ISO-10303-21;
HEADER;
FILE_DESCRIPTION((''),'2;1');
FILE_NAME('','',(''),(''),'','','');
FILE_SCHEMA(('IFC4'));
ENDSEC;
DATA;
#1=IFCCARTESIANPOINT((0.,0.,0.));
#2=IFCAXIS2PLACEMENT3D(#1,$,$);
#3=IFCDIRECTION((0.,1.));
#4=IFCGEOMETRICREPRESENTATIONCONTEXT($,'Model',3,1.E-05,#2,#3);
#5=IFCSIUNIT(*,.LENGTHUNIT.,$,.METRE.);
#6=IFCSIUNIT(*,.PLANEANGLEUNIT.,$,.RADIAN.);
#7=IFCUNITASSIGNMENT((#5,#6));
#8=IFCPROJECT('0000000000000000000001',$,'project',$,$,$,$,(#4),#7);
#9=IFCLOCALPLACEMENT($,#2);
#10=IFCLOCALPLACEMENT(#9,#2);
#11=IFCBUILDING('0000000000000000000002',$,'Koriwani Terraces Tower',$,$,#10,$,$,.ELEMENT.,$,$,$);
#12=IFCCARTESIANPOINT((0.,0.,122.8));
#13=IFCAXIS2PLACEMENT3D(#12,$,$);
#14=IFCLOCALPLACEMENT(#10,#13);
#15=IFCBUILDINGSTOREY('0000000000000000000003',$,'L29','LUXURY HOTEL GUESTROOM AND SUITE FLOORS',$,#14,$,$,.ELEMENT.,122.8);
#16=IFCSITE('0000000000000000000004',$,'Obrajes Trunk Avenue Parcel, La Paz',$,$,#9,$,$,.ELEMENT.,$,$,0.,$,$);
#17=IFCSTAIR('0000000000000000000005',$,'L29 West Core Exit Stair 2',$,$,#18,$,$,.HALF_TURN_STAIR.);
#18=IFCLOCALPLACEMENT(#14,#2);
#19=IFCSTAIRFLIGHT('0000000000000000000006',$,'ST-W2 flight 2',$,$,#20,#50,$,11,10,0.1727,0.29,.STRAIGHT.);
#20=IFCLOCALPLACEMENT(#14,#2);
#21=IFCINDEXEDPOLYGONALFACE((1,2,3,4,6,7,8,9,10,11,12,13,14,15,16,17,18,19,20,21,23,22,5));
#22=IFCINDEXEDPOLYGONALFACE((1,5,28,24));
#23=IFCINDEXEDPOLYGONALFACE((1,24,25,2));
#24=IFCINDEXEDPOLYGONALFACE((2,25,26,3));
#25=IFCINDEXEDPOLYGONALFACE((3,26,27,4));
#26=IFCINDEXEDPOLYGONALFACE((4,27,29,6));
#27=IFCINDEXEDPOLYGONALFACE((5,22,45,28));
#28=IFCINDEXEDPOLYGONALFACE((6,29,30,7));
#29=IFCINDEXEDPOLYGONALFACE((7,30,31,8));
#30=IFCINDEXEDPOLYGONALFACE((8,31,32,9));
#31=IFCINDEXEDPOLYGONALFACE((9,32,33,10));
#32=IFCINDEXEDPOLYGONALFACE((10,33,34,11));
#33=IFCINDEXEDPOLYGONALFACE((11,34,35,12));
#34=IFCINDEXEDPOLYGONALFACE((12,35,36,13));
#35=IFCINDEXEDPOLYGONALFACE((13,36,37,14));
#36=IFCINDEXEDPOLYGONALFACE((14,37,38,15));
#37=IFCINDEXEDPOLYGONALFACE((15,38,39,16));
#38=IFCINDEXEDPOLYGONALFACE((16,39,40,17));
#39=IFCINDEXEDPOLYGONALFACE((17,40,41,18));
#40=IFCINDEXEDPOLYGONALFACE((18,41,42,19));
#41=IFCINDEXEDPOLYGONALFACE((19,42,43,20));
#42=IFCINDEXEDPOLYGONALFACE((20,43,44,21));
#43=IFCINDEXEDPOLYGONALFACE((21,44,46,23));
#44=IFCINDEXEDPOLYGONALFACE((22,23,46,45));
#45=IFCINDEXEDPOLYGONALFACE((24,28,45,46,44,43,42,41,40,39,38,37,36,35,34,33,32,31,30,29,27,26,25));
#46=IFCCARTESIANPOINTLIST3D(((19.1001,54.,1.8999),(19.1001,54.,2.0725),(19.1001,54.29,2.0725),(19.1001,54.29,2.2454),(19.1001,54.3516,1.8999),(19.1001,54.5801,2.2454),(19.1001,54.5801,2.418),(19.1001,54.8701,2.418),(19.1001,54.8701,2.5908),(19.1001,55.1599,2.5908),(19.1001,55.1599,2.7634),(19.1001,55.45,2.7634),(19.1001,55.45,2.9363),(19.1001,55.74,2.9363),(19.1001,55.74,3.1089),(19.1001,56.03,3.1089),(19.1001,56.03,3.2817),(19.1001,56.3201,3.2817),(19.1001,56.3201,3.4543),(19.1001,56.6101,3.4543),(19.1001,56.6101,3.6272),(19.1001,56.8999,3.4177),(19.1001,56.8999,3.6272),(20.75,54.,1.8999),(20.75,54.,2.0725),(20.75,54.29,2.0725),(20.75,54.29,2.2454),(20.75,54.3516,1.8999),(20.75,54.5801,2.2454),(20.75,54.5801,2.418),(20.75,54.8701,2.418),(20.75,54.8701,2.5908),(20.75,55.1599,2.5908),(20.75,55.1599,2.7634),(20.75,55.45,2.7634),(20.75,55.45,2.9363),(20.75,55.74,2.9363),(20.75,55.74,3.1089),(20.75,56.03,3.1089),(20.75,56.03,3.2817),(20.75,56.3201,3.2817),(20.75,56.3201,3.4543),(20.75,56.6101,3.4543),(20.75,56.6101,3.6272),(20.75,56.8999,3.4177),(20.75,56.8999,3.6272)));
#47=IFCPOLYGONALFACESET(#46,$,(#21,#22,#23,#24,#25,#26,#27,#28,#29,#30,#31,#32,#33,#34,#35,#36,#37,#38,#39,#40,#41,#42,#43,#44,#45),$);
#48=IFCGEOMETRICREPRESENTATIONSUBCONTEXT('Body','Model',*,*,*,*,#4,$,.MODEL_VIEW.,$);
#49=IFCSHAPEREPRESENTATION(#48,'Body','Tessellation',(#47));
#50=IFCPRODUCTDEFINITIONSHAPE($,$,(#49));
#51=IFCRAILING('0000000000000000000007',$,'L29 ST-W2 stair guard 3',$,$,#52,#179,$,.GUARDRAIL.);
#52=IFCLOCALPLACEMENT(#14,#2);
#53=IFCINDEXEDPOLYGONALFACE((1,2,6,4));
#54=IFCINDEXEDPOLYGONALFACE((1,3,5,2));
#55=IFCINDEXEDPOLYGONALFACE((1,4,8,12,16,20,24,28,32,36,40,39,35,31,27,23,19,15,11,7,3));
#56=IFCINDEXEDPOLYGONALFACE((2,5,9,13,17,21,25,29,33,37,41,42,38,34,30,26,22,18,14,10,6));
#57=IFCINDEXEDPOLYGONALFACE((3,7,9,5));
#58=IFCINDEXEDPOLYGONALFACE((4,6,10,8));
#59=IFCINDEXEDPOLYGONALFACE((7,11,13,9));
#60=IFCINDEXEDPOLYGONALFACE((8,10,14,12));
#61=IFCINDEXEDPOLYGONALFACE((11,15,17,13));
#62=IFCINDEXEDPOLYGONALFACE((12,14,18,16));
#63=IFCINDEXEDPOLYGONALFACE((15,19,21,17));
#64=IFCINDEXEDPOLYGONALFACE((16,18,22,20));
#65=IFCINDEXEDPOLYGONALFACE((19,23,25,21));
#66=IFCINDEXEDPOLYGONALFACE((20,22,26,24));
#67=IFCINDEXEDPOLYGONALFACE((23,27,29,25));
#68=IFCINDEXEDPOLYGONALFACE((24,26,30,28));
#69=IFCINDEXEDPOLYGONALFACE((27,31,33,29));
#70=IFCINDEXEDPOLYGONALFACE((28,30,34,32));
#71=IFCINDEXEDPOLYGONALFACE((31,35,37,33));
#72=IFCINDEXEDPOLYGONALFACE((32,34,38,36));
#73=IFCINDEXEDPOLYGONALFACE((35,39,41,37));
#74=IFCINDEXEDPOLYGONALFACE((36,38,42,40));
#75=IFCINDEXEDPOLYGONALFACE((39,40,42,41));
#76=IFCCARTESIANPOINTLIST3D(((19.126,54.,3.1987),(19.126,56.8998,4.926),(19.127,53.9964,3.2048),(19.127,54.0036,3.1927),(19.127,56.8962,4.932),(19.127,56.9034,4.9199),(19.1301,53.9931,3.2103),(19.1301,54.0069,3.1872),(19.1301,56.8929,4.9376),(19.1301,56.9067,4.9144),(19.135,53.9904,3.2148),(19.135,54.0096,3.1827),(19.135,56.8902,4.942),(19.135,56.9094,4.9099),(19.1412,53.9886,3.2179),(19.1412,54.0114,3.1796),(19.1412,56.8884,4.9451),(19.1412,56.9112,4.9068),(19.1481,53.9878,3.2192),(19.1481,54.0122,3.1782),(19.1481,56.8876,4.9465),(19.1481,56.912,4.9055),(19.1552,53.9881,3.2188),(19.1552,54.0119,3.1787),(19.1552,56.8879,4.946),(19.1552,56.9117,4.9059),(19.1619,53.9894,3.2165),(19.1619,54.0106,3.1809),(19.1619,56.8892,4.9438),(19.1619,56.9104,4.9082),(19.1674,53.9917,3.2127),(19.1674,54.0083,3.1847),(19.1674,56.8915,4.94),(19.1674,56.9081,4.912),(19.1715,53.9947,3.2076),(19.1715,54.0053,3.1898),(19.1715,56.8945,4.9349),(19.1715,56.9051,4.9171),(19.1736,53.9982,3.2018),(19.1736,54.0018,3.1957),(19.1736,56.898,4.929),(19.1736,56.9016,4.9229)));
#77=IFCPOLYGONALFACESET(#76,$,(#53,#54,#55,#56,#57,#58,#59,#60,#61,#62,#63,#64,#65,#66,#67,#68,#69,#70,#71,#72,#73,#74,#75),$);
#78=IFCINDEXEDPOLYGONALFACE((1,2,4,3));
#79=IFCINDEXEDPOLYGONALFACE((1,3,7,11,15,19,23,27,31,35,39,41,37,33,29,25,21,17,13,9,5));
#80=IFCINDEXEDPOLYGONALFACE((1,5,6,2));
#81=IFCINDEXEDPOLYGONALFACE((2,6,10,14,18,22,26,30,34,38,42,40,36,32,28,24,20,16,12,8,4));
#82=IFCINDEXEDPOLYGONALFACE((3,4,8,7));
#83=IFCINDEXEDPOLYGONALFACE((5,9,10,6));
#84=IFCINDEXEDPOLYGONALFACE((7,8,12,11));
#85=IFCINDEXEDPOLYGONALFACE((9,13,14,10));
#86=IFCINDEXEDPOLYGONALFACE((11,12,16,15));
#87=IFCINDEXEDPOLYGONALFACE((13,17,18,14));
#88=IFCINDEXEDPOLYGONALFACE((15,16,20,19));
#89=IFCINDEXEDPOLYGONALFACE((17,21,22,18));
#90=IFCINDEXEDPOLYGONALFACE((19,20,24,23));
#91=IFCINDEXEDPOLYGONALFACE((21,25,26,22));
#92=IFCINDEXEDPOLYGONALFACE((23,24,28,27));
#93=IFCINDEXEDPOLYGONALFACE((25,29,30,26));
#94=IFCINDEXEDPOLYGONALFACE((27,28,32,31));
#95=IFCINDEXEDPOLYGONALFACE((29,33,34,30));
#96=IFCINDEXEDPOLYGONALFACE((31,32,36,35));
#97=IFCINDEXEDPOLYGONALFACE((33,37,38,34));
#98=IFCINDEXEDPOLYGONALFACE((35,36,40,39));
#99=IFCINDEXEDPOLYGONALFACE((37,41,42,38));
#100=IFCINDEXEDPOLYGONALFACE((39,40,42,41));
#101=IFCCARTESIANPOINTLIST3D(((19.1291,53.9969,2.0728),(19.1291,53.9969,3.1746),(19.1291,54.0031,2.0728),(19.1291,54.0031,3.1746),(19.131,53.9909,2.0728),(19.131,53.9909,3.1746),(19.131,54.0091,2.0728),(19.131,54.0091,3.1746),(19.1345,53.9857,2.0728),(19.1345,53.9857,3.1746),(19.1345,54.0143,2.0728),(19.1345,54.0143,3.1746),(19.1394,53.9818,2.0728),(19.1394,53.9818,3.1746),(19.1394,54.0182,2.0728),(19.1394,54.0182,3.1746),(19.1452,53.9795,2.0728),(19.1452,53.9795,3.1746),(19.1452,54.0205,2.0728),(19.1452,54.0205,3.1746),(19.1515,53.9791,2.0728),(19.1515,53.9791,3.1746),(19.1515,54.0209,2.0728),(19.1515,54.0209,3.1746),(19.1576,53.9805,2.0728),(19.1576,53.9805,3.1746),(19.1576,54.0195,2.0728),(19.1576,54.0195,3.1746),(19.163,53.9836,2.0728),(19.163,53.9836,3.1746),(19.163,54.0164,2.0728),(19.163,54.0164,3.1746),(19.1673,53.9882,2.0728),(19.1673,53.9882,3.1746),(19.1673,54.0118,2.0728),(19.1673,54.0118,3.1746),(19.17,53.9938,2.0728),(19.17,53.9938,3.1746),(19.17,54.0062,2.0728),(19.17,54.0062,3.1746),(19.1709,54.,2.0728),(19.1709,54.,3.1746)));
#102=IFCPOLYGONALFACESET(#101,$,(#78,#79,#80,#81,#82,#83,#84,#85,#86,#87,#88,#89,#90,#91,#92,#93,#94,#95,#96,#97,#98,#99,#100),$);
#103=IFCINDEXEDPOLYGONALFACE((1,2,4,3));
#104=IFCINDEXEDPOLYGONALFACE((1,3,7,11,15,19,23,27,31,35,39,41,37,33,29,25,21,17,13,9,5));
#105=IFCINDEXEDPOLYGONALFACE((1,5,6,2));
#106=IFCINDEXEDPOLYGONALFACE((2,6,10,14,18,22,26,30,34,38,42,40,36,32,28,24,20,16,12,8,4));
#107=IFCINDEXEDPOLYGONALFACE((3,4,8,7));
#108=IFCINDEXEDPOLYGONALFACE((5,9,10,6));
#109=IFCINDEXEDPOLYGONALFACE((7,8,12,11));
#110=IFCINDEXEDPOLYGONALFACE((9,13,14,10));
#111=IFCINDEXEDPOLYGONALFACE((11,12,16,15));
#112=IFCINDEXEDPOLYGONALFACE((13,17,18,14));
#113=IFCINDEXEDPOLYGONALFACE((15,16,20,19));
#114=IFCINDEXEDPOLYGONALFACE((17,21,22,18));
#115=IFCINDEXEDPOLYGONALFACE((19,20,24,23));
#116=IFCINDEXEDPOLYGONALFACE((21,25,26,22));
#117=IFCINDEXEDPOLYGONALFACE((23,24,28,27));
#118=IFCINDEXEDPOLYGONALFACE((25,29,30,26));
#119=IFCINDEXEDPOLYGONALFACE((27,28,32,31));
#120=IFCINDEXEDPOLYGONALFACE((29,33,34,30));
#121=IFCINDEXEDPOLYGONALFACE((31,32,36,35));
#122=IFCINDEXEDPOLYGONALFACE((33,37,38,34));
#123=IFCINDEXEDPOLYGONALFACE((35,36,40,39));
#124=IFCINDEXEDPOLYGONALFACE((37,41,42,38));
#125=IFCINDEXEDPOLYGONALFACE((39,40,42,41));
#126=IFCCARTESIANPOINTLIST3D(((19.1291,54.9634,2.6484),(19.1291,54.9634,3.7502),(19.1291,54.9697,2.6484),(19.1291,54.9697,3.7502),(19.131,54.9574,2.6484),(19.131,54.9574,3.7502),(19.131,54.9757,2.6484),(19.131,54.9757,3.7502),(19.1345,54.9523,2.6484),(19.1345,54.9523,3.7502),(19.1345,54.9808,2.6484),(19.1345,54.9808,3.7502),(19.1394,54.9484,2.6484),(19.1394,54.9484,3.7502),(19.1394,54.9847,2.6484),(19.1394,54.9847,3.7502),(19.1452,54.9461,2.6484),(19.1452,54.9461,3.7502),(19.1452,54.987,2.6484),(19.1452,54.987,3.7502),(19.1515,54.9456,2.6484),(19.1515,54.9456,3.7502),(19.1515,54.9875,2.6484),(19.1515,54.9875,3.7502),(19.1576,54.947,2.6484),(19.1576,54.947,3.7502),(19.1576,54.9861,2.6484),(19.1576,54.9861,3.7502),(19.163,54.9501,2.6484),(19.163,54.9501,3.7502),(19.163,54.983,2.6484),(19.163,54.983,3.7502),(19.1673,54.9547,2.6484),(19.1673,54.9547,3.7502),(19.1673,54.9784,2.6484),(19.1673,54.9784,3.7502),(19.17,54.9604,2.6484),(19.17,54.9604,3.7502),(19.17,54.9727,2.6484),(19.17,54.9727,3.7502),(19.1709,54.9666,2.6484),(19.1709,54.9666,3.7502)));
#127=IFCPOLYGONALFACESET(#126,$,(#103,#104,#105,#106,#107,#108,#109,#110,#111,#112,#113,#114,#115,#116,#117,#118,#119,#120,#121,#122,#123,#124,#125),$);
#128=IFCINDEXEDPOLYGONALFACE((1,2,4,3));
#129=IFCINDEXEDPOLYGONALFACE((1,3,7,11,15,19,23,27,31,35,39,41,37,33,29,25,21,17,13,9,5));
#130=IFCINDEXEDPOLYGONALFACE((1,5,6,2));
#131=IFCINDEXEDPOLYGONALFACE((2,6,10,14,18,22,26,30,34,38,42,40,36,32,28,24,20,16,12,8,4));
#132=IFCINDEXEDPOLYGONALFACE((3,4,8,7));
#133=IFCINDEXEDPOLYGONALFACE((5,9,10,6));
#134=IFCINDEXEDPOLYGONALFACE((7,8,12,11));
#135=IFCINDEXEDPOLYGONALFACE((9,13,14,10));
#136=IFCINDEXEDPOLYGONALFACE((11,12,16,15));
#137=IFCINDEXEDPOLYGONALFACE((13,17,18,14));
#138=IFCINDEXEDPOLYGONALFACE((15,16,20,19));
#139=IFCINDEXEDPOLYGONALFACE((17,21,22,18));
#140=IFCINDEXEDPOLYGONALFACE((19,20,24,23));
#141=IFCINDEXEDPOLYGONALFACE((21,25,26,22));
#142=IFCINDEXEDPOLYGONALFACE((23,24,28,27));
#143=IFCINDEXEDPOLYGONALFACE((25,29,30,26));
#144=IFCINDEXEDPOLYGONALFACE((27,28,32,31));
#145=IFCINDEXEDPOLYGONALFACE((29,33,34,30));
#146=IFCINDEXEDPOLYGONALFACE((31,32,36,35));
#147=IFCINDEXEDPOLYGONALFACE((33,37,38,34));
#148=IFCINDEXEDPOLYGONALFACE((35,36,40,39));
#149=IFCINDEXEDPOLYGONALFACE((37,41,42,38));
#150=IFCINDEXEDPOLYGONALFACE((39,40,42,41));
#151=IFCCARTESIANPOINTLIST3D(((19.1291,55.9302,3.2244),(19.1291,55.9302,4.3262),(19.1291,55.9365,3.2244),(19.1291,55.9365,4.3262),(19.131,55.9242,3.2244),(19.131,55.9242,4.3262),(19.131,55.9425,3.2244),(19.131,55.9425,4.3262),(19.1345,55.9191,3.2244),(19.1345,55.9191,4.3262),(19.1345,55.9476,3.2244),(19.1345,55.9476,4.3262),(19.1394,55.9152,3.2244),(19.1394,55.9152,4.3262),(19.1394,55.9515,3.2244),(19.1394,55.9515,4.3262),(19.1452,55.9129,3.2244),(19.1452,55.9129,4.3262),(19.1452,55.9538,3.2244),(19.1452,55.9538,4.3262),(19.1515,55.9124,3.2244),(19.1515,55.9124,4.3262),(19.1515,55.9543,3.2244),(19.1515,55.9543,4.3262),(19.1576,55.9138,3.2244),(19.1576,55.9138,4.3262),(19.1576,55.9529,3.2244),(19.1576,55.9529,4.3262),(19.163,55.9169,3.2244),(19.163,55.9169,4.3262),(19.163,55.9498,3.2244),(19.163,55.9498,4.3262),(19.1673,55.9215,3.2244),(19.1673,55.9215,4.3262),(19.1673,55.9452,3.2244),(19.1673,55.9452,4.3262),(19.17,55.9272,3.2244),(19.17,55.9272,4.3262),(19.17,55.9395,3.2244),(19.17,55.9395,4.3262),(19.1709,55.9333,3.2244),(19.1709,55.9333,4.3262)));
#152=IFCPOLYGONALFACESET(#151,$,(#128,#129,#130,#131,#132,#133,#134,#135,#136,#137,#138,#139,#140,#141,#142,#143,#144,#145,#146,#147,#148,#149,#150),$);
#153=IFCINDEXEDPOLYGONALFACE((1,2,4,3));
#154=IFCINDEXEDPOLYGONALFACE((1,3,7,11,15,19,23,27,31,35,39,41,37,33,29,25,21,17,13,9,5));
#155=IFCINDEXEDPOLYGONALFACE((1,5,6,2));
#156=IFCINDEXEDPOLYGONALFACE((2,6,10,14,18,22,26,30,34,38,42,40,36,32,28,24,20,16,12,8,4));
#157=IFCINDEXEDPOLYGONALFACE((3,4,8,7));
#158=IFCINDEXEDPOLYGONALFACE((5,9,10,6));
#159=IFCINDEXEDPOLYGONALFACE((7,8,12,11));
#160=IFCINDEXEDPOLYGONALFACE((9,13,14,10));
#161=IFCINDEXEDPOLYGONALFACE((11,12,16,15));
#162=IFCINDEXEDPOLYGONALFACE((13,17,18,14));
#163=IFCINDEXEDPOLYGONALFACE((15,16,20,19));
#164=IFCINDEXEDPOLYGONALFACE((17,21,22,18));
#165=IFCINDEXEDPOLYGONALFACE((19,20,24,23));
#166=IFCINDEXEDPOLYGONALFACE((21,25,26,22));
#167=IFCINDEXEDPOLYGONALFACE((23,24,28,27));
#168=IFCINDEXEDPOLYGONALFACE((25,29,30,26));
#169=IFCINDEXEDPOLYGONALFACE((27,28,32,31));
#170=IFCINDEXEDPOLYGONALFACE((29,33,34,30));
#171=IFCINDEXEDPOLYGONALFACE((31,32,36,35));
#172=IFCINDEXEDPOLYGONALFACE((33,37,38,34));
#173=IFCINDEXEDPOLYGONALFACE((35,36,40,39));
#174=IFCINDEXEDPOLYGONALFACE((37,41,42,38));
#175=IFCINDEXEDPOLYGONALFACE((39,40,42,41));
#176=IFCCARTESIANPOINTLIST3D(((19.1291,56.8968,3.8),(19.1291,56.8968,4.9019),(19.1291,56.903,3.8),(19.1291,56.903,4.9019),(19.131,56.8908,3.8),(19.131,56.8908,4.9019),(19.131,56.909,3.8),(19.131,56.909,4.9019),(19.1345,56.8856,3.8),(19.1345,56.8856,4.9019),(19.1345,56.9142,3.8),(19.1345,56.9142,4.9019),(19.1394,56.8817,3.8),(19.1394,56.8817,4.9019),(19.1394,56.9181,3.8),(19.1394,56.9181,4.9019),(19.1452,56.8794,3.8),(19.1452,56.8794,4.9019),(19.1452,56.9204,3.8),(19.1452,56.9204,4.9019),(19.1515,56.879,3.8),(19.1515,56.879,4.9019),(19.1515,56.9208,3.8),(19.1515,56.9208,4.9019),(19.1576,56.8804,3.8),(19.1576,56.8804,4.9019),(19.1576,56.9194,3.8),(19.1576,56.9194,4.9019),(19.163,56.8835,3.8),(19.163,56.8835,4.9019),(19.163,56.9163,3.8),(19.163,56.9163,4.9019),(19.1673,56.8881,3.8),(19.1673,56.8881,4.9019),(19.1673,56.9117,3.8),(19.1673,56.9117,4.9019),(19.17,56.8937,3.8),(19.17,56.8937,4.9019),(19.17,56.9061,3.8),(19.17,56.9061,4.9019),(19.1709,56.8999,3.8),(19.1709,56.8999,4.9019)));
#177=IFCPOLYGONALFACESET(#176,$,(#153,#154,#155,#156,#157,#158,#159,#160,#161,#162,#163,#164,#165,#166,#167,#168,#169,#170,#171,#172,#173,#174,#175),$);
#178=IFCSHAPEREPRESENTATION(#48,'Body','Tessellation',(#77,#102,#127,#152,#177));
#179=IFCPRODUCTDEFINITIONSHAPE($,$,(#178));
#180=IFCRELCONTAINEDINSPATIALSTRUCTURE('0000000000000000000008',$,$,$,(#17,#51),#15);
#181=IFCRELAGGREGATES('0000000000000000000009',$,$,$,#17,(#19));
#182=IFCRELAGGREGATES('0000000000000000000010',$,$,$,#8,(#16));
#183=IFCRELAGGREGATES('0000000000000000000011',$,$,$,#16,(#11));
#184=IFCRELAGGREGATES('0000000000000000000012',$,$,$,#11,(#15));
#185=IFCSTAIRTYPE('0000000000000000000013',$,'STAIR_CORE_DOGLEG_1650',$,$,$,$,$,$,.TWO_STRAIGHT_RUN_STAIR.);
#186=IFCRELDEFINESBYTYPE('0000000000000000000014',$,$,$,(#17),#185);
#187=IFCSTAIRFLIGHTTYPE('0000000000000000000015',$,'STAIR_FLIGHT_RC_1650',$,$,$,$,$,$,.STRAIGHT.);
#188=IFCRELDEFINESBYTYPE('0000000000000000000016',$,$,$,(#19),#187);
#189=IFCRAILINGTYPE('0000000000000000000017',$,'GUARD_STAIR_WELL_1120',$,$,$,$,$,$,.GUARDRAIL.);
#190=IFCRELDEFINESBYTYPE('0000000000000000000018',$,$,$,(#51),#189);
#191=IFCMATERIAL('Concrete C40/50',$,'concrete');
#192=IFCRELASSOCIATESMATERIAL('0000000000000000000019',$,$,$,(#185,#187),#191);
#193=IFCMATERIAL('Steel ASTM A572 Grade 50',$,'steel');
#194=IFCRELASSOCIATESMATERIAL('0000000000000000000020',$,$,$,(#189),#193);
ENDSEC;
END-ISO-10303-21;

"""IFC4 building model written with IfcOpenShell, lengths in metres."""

from ifc_helpers import new_model, si_unit, direction, frame, origin, origin_2d, place, context, subcontext, project, spatial, polyline, circle, outline, extrude, material, type_object, element, aggregate, save


model = new_model("IFC4")

# Units and contexts
model_context = context("Model", 3, precision=1e-05, world=origin(), true_north=direction((0.0, 1.0)))
body_context = subcontext(model_context, "Body", "Model", "MODEL_VIEW")
ifc_project = project(units=[si_unit("LENGTHUNIT", "METRE"), si_unit("PLANEANGLEUNIT", "RADIAN")], contexts=[model_context])

# Site, building, storey
site_placement = place(None, origin())
site = spatial("IfcSite", under=ifc_project, at=site_placement, Name="Obrajes Trunk Avenue Parcel, La Paz", CompositionType="ELEMENT", RefElevation=0.0)
building_placement = place(site_placement, origin())
building = spatial("IfcBuilding", under=site, at=building_placement, Name="Koriwani Terraces Tower", CompositionType="ELEMENT")
storey_placement = place(building_placement, frame((0.0, 0.0, 122.8)))
storey = spatial("IfcBuildingStorey", under=building, at=storey_placement, Name="L29", Description="LUXURY HOTEL GUESTROOM AND SUITE FLOORS", CompositionType="ELEMENT", Elevation=122.8)

# Shared definitions
ifc_material_1 = material(Name="Concrete C40/50", Category="concrete")

# Shared definitions
ifc_material_2 = material(Name="Steel ASTM A572 Grade 50", Category="steel")

# Stair, stair flight
stair_type = type_object("IfcStairType", Name="STAIR_CORE_DOGLEG_1650", PredefinedType="TWO_STRAIGHT_RUN_STAIR", material=ifc_material_1)
stair_placement = place(storey_placement, origin())
stair = element("IfcStair", 1, at=stair_placement, inside=storey, type_object=stair_type, Name="L29 West Core Exit Stair 2", PredefinedType="HALF_TURN_STAIR")
stair_flight_type = type_object("IfcStairFlightType", Name="STAIR_FLIGHT_RC_1650", PredefinedType="STRAIGHT", material=ifc_material_1)
stair_flight_placement = place(storey_placement, frame((19.925, 54.0, 1.8999), z_axis=(0.0, 0.0, 1.0), x_axis=(0.0, 1.0, 0.0)))
stair_flight = element("IfcStairFlight", 2, at=stair_flight_placement, type_object=stair_flight_type, Name="ST-W2 flight 2", NumberOfRisers=11, NumberOfTreads=10, PredefinedType="STRAIGHT", RiserHeight=0.1727, TreadLength=0.29, context=body_context, shape_type="SweptSolid", body=[
    extrude(outline(polyline([(0.0, 0.0), (0.0, 0.1726), (0.29, 0.1726), (0.29, 0.3455), (0.5801, 0.3455), (0.5801, 0.5181), (0.8701, 0.5181), (0.8701, 0.6909), (1.1599, 0.6909), (1.1599, 0.8635), (1.45, 0.8635), (1.45, 1.0364), (1.74, 1.0364), (1.74, 1.209), (2.03, 1.209), (2.03, 1.3818), (2.3201, 1.3818), (2.3201, 1.5544), (2.6101, 1.5544), (2.6101, 1.7273), (2.8999, 1.7273), (2.8999, 1.8999), (2.8999, 1.5178), (0.3516, 0.0), (0.0, 0.0)])), frame((0.0, 0.825, 0.0), z_axis=(0.0, -1.0, 0.0), x_axis=(1.0, 0.0, 0.0)), (0.0, 0.0, 1.0), 1.6499),
])
aggregate(stair, [stair_flight])

# Railing
railing_type_1 = type_object("IfcRailingType", Name="GUARD_STAIR_WELL_1120", PredefinedType="GUARDRAIL", material=ifc_material_2)
railing_1_placement = place(storey_placement, frame((19.1499, 54.0, 2.0728)))
element("IfcRailing", 3, at=railing_1_placement, inside=storey, type_object=railing_type_1, Name="L29 ST-W2 stair guard 3", PredefinedType="GUARDRAIL", context=body_context, shape_type="SweptSolid", body=[
    extrude(circle(Radius=0.0239, at=origin_2d()), frame((0.0, 0.0, 1.126), z_axis=(0.0, 0.859141, 0.511738), x_axis=(-1.0, 0.0, 0.0)), (0.0, 0.0, 1.0), 3.3752),
    extrude(circle(Radius=0.021, at=origin_2d()), origin(), (0.0, 0.0, 1.0), 1.1018),
    extrude(circle(Radius=0.021, at=origin_2d()), frame((0.0, 0.9666, 0.5757)), (0.0, 0.0, 1.0), 1.1018),
    extrude(circle(Radius=0.021, at=origin_2d()), frame((0.0, 1.9333, 1.1516)), (0.0, 0.0, 1.0), 1.1018),
    extrude(circle(Radius=0.021, at=origin_2d()), frame((0.0, 2.8999, 1.7273)), (0.0, 0.0, 1.0), 1.1018),
])

save(model, "model.ifc")
